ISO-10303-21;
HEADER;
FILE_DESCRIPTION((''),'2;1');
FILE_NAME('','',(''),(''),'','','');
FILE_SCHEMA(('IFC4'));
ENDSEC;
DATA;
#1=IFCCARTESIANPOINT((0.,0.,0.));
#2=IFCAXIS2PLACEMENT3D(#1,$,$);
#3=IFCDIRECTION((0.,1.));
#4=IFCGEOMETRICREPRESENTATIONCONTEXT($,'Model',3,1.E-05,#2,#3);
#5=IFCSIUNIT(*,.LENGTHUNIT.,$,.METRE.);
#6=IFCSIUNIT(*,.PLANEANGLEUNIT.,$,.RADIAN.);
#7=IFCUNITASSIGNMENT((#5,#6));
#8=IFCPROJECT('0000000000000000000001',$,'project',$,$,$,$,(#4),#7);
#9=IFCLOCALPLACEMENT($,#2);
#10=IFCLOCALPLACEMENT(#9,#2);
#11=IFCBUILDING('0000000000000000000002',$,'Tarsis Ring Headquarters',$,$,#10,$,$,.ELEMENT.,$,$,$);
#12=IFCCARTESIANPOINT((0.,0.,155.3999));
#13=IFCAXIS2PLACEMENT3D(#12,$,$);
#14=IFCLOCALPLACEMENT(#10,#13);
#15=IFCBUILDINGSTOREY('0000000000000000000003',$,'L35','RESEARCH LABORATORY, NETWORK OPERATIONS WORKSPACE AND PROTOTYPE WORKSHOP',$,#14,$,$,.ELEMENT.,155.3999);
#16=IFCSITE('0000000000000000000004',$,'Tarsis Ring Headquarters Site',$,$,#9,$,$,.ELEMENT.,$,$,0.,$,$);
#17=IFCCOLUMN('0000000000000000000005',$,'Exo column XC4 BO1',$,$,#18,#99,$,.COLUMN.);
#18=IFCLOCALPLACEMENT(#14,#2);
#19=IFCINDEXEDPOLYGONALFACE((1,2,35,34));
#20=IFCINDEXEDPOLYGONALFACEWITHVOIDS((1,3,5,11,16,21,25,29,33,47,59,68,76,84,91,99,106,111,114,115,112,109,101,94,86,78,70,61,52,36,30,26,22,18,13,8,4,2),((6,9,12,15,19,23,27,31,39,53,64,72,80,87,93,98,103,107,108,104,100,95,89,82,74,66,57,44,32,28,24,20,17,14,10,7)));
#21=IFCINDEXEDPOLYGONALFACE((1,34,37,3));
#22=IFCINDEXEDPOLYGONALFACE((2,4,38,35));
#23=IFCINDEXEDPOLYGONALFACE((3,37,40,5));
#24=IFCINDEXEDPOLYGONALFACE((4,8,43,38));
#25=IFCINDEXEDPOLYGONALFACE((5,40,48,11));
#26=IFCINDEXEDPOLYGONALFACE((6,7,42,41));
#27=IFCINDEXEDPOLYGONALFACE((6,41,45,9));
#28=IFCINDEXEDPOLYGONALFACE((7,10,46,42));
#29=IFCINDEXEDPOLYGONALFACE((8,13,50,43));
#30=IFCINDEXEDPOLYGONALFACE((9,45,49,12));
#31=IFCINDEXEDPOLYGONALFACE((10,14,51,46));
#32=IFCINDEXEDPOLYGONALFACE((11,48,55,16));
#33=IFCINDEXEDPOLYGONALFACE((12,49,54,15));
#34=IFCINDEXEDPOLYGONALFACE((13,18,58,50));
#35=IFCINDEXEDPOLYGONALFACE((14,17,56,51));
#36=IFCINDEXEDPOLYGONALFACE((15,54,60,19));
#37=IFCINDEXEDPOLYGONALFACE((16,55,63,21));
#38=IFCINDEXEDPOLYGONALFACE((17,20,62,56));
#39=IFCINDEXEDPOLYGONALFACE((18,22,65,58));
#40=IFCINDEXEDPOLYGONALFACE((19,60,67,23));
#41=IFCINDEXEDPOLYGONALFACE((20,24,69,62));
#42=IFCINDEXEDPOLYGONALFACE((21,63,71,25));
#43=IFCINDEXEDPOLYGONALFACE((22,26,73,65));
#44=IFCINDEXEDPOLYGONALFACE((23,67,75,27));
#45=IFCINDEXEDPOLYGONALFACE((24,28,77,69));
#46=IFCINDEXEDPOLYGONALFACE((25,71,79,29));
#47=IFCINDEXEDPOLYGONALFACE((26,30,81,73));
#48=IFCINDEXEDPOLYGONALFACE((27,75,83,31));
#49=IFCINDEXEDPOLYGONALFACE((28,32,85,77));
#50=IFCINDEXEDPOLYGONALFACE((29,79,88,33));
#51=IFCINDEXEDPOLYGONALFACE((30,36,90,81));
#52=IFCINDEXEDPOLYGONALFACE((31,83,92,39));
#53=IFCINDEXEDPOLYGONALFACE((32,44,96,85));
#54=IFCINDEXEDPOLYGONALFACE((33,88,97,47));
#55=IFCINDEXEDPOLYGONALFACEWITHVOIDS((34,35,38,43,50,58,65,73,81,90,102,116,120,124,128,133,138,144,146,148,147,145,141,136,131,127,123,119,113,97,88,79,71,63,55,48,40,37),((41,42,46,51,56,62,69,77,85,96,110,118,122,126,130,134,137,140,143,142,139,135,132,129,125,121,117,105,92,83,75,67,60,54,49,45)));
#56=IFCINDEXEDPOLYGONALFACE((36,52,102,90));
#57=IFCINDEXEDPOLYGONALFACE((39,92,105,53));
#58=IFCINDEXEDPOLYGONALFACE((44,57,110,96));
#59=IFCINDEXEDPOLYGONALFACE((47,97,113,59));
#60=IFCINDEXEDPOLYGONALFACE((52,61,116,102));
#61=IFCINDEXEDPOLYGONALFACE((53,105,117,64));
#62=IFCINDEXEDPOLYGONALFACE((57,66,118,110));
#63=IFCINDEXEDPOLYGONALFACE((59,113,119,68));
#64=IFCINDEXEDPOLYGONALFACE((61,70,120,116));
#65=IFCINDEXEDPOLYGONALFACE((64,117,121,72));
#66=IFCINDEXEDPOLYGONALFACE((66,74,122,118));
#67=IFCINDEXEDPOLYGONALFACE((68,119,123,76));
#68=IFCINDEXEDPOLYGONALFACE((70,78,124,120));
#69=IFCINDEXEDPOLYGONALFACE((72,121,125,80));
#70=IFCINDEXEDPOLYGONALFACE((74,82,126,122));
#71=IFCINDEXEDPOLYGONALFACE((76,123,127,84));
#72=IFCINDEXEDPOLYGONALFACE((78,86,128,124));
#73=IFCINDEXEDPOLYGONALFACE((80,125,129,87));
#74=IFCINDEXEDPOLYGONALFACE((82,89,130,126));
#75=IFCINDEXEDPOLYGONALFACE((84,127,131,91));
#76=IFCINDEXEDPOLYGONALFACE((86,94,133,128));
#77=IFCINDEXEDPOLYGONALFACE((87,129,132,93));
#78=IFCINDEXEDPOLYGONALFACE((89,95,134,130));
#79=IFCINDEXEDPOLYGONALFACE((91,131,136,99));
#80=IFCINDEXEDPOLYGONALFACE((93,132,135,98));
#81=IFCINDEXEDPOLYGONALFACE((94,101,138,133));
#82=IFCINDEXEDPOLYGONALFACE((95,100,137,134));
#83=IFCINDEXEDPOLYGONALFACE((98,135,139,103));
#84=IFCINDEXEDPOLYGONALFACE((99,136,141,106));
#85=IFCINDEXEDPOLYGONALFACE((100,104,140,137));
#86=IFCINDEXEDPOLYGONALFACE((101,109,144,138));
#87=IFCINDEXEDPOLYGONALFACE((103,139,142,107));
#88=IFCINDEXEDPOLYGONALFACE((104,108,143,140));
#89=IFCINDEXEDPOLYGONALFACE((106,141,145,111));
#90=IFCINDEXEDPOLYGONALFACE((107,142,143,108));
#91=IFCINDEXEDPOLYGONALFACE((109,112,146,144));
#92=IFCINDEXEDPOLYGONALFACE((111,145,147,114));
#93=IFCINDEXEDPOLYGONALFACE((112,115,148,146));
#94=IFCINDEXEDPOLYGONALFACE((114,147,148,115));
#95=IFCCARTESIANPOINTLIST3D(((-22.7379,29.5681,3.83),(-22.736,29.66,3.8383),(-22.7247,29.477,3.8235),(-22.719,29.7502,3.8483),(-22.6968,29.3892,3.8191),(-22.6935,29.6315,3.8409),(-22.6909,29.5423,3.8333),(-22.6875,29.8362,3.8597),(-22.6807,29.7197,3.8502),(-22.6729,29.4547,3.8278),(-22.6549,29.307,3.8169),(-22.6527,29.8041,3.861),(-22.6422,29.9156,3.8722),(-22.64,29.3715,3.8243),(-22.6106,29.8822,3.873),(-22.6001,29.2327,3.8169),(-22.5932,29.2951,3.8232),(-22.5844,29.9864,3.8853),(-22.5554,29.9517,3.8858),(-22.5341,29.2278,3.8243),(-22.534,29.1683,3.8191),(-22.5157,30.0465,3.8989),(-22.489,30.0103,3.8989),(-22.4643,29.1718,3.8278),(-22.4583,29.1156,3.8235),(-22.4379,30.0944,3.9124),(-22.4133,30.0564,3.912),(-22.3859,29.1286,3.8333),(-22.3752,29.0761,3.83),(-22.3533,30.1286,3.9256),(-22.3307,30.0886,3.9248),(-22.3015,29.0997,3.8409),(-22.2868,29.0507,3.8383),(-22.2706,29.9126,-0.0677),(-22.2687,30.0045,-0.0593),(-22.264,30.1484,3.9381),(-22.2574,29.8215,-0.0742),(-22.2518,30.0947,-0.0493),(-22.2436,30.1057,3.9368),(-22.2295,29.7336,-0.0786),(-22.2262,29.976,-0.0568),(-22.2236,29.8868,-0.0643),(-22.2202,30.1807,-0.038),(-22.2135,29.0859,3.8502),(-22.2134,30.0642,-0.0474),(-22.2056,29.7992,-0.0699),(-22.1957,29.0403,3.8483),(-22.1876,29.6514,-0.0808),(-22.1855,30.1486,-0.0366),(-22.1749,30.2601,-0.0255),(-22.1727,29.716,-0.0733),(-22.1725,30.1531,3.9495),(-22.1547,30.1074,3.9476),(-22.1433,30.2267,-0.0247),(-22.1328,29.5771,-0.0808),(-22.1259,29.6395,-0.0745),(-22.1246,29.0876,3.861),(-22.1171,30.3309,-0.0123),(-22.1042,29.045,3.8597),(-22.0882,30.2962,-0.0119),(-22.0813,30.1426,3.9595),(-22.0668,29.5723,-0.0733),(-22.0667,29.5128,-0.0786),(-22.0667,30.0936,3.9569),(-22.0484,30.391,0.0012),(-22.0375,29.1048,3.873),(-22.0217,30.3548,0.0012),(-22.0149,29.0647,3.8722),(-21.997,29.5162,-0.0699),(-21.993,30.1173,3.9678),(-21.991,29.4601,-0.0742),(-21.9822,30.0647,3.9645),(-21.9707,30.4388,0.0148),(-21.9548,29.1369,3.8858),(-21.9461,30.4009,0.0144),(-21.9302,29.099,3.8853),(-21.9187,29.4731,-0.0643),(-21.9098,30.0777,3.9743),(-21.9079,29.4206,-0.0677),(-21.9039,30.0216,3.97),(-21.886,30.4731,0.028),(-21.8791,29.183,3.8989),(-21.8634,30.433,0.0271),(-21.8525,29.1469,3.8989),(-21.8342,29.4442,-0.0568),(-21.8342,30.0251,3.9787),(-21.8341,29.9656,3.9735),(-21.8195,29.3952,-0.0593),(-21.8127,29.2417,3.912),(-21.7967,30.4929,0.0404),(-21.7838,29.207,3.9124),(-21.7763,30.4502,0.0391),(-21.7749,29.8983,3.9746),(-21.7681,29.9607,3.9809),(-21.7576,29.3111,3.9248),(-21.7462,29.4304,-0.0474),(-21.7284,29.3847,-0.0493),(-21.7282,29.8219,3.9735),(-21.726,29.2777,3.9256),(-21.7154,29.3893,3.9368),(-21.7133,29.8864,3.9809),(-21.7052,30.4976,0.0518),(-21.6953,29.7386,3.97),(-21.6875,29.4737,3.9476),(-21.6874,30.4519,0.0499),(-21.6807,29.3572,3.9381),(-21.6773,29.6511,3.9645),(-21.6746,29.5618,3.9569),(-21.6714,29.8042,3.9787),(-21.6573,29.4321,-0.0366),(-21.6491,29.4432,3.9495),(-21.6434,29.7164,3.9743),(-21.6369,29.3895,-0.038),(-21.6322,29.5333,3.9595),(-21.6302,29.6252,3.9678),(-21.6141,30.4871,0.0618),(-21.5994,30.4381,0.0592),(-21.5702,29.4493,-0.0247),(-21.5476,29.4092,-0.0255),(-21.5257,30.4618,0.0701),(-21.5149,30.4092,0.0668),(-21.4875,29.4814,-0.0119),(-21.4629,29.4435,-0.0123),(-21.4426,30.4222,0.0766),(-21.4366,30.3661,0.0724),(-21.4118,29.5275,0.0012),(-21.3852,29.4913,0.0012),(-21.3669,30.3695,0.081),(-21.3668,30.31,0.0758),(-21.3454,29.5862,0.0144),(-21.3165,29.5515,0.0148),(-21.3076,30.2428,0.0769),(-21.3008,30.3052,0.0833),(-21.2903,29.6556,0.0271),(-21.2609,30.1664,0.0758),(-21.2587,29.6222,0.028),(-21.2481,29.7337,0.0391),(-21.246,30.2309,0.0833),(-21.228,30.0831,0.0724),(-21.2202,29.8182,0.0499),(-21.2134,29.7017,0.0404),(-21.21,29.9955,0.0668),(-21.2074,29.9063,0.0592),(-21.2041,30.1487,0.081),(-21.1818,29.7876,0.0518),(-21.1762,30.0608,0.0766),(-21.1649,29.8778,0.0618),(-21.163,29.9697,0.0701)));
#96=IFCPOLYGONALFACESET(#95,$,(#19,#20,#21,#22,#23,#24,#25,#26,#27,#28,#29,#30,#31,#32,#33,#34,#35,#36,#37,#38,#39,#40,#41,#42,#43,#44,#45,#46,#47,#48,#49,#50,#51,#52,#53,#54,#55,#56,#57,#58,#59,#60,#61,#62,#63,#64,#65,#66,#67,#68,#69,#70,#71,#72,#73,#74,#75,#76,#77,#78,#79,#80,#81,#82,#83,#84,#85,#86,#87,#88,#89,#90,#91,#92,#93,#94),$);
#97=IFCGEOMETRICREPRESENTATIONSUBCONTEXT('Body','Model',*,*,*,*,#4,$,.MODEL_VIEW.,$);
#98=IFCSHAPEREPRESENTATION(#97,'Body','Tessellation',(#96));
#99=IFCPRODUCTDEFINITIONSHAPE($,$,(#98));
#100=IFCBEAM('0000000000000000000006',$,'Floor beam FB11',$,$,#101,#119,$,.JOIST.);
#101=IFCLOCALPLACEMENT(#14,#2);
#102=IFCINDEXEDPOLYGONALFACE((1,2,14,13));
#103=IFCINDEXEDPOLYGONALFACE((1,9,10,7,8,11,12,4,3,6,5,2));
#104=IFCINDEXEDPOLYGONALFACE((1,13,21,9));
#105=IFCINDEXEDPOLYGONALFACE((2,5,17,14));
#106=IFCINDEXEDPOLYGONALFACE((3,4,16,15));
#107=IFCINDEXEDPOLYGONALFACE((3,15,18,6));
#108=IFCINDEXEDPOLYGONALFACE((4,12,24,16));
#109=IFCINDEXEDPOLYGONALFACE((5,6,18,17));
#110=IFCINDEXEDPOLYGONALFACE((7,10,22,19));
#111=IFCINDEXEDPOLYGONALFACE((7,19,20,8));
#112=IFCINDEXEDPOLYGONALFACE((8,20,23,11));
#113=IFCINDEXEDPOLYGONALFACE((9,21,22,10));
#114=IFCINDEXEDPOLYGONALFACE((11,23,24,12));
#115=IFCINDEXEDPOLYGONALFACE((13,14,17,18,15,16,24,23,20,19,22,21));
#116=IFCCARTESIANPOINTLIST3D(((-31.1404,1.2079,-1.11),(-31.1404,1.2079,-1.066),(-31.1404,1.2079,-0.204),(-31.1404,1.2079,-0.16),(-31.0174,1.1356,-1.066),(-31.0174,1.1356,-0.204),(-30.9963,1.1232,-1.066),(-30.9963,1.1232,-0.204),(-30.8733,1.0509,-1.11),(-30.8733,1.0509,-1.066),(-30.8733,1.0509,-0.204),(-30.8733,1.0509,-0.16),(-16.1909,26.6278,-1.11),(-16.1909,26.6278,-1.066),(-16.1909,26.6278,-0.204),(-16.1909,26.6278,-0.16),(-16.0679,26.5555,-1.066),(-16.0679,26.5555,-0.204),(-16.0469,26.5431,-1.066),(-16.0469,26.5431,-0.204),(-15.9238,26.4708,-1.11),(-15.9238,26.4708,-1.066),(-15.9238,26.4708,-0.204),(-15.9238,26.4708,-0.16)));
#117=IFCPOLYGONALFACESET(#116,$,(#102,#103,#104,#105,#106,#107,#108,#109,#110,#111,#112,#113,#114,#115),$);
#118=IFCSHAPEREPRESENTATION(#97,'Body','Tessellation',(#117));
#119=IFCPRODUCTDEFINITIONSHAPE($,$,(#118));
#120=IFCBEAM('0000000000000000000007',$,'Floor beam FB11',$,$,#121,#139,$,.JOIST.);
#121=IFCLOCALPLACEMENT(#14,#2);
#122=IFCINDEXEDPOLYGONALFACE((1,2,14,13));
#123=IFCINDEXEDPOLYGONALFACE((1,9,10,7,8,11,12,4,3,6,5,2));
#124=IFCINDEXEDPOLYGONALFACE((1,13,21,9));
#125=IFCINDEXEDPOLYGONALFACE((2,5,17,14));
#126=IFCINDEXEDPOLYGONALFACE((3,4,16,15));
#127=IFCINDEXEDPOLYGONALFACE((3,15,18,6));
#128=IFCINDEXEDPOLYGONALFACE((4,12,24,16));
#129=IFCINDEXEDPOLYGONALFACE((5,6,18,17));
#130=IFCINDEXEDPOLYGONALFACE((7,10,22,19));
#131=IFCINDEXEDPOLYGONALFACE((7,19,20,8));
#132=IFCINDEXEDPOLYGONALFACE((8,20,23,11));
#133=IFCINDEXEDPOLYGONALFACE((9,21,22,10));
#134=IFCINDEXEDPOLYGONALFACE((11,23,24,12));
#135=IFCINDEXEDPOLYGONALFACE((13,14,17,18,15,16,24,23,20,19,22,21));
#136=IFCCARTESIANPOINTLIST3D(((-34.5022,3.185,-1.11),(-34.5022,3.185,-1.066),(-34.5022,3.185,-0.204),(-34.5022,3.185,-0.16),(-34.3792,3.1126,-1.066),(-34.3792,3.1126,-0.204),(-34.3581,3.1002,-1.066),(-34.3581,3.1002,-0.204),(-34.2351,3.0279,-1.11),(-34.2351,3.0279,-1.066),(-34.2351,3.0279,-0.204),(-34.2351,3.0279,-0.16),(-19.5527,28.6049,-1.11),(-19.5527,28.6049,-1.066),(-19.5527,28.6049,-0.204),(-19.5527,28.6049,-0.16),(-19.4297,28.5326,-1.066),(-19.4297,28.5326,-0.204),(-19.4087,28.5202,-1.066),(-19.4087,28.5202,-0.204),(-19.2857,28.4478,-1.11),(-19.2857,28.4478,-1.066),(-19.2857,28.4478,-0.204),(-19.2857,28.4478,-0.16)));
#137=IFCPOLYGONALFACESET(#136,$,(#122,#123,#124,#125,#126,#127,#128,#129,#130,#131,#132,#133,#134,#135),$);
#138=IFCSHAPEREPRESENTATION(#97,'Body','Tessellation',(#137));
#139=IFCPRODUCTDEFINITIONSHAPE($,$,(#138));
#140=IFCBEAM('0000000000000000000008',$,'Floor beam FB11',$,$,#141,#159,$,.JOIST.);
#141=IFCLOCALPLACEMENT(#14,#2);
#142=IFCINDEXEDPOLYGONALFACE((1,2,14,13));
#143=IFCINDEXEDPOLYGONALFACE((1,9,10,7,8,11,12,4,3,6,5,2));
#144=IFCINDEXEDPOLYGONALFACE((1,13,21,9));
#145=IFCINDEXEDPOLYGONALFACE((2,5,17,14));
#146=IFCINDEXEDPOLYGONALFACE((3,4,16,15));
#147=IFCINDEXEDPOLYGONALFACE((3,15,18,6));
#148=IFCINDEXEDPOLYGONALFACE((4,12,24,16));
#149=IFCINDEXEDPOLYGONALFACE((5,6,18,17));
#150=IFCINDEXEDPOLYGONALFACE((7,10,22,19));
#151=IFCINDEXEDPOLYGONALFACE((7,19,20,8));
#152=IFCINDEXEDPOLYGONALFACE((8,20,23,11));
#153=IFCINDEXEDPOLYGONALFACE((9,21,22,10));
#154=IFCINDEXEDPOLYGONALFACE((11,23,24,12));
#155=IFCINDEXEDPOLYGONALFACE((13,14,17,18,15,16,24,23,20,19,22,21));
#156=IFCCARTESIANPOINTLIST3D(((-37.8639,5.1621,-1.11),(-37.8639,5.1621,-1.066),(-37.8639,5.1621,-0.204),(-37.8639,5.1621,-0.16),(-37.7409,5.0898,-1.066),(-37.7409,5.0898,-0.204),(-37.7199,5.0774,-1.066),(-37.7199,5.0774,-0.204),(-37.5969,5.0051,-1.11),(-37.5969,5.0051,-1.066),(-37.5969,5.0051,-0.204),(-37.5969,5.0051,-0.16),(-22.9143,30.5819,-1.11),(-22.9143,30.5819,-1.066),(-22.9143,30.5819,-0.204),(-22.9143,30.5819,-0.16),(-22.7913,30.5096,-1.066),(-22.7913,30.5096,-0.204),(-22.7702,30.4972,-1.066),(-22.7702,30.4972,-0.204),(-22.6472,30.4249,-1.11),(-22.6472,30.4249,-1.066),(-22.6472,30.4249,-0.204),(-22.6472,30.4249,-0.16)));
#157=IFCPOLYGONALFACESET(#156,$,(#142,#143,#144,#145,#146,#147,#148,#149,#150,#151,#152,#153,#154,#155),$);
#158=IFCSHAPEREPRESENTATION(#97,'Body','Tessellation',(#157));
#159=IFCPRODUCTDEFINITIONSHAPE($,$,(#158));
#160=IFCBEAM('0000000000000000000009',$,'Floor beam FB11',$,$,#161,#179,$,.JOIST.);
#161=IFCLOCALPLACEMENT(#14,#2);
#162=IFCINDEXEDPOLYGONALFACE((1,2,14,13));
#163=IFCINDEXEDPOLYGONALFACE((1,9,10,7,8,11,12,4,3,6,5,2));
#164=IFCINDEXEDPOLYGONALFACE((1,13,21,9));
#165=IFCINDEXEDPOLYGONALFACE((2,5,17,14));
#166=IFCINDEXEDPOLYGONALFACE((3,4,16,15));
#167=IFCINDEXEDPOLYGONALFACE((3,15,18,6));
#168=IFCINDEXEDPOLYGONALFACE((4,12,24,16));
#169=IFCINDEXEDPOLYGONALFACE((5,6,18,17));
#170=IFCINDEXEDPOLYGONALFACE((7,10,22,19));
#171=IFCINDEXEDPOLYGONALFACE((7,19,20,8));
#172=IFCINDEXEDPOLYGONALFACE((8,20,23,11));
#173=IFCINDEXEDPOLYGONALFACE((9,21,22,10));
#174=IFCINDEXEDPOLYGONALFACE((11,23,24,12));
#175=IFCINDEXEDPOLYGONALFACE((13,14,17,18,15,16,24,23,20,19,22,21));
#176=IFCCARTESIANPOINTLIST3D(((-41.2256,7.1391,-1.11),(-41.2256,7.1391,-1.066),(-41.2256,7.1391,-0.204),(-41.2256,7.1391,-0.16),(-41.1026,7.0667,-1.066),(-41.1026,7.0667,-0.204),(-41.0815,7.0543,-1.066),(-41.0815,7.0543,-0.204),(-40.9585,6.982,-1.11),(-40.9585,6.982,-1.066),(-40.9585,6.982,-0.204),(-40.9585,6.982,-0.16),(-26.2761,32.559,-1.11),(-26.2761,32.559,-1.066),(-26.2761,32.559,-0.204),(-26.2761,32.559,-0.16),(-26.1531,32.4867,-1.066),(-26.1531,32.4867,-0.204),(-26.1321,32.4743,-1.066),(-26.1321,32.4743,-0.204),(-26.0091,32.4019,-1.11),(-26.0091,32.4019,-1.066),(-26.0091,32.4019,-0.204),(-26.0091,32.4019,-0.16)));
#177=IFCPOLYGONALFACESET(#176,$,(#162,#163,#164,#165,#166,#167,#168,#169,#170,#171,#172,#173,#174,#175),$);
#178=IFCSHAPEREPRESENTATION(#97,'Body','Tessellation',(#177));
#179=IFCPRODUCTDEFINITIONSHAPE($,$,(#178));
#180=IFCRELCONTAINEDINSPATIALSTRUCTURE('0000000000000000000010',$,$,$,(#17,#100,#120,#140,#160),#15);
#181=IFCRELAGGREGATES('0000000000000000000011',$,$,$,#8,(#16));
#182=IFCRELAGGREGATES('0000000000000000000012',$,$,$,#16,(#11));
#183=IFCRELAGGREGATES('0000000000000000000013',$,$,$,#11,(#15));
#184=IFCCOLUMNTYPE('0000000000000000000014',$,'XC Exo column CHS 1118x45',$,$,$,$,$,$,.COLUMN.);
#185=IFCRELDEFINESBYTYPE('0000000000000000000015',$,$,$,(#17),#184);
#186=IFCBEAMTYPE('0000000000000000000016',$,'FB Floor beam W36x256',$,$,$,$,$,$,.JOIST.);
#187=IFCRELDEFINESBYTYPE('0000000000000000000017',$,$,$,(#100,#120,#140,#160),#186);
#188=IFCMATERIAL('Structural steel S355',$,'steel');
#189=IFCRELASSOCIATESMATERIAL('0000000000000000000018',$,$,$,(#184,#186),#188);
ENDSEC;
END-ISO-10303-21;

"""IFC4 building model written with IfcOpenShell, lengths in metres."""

from ifc_helpers import new_model, si_unit, direction, frame, origin, origin_2d, place, context, subcontext, project, spatial, hollow_circle, i_section, extrude, material, material_profile, profile_set, type_object, element, save


model = new_model("IFC4")

# Units and contexts
model_context = context("Model", 3, precision=1e-05, world=origin(), true_north=direction((0.0, 1.0)))
body_context = subcontext(model_context, "Body", "Model", "MODEL_VIEW")
ifc_project = project(units=[si_unit("LENGTHUNIT", "METRE"), si_unit("PLANEANGLEUNIT", "RADIAN")], contexts=[model_context])

# Site, building, storey
site_placement = place(None, origin())
site = spatial("IfcSite", under=ifc_project, at=site_placement, Name="Tarsis Ring Headquarters Site", CompositionType="ELEMENT", RefElevation=0.0)
building_placement = place(site_placement, origin())
building = spatial("IfcBuilding", under=site, at=building_placement, Name="Tarsis Ring Headquarters", CompositionType="ELEMENT")
storey_placement = place(building_placement, frame((0.0, 0.0, 155.3999)))
storey = spatial("IfcBuildingStorey", under=building, at=storey_placement, Name="L35", Description="RESEARCH LABORATORY, NETWORK OPERATIONS WORKSPACE AND PROTOTYPE WORKSHOP", CompositionType="ELEMENT", Elevation=155.3999)

# Column
ifc_material_1 = material(Name="Structural steel S355", Category="steel")
ifc_material_profile_1 = material_profile(ifc_material_1, hollow_circle(Radius=0.5588, WallThickness=0.0449, at=origin_2d()), Name="CHS 1118x45")
ifc_profile_set_1 = profile_set([ifc_material_profile_1], Name="Structural steel S355")
column_type = type_object("IfcColumnType", Name="XC Exo column CHS 1118x45", PredefinedType="COLUMN", material=ifc_profile_set_1)
column_placement = place(storey_placement, frame((-21.7168, 29.9412, 0.0012), z_axis=(-0.118579, -0.087417, 0.989089), x_axis=(0.593386, -0.804918, 0.0)))
element("IfcColumn", 1, at=column_placement, inside=storey, type_object=column_type, Name="Exo column XC4 BO1", PredefinedType="COLUMN", context=body_context, shape_type="SweptSolid", body=[
    extrude(hollow_circle(Radius=0.5588, WallThickness=0.0449, at=origin_2d()), origin(), (0.0, 0.0, 1.0), 3.9407),
])

# Beams
ifc_material_profile_2 = material_profile(ifc_material_1, i_section(OverallWidth=0.3098, OverallDepth=0.95, WebThickness=0.0244, FlangeThickness=0.0439, at=origin_2d()), Name="W36x256")
ifc_profile_set_2 = profile_set([ifc_material_profile_2], Name="Structural steel S355")
beam_type_1 = type_object("IfcBeamType", Name="FB Floor beam W36x256", PredefinedType="JOIST", material=ifc_profile_set_2)
for number, where, z_axis, x_axis, name in (
    (2, (-16.0574, 26.5493, -0.635), (-0.506934, -0.861985, 0.0), (0.861985, -0.506934, 0.0), "Floor beam FB11"),
    (3, (-19.4192, 28.5264, -0.635), (-0.506934, -0.861985, 0.0), (0.861985, -0.506934, 0.0), "Floor beam FB11"),
    (4, (-22.7808, 30.5034, -0.635), (-0.50694, -0.861981, 0.0), (0.861981, -0.50694, 0.0), "Floor beam FB11"),
    (5, (-26.1426, 32.4805, -0.635), (-0.506934, -0.861985, 0.0), (0.861985, -0.506934, 0.0), "Floor beam FB11"),
):
    element("IfcBeam", number, at=place(storey_placement, frame(where, z_axis=z_axis, x_axis=x_axis)), inside=storey, type_object=beam_type_1, Name=name, PredefinedType="JOIST", context=body_context, shape_type="SweptSolid", body=[
        extrude(i_section(OverallWidth=0.3098, OverallDepth=0.95, WebThickness=0.0244, FlangeThickness=0.0439, at=origin_2d()), origin(), (0.0, 0.0, 1.0), 29.49),
    ])

save(model, "model.ifc")
